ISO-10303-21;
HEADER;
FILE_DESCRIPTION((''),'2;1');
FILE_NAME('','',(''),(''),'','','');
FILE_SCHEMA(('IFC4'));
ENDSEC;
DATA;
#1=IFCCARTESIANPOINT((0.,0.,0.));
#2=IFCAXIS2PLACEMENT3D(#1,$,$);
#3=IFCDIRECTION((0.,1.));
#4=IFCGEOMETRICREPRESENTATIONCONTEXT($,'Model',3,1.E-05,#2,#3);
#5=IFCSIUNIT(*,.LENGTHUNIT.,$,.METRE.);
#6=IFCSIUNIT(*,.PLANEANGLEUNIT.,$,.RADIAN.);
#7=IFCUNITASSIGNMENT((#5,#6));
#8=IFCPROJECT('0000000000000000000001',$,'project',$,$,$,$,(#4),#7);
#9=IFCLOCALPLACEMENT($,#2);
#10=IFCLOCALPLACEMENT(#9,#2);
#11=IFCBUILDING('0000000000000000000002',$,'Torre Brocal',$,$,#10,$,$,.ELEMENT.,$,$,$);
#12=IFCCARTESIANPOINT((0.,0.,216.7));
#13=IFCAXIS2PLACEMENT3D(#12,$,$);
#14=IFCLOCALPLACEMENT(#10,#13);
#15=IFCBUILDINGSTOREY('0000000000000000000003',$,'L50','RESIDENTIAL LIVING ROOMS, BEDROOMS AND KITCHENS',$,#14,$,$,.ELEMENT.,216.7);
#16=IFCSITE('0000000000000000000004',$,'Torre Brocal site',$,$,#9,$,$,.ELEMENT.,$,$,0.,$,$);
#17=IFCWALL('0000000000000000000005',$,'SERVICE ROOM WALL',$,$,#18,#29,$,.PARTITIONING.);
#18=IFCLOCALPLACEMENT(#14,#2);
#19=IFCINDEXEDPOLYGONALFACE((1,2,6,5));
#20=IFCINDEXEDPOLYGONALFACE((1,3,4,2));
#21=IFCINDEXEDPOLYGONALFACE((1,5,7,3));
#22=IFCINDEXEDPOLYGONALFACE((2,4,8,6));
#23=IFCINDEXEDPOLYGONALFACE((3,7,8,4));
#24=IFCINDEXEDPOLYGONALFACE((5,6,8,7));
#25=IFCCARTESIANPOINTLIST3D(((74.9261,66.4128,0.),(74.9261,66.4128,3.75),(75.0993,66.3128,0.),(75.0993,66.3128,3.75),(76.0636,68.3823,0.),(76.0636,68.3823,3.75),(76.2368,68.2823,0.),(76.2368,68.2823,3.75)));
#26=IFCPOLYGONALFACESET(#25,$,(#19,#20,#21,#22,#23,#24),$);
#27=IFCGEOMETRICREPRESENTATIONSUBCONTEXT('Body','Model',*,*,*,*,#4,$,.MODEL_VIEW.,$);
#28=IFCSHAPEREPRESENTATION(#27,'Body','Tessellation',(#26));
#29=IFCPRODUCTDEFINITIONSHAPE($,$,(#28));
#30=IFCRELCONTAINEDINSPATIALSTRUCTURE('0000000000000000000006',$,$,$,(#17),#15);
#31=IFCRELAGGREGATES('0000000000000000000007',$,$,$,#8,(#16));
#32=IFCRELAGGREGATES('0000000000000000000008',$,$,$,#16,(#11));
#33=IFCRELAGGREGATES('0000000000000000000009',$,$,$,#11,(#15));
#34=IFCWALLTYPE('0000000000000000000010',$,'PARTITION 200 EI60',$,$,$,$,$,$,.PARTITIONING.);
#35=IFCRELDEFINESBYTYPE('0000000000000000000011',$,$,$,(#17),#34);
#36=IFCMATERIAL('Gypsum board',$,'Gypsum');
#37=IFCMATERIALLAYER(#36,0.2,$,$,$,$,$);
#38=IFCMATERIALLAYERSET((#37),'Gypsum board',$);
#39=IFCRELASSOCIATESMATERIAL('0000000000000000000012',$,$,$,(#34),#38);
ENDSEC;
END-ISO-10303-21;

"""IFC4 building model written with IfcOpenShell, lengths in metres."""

from ifc_helpers import new_model, si_unit, direction, frame, frame_2d, origin, place, context, subcontext, project, spatial, rectangle, extrude, material, layer, layer_set, type_object, element, save


model = new_model("IFC4")

# Units and contexts
model_context = context("Model", 3, precision=1e-05, world=origin(), true_north=direction((0.0, 1.0)))
body_context = subcontext(model_context, "Body", "Model", "MODEL_VIEW")
ifc_project = project(units=[si_unit("LENGTHUNIT", "METRE"), si_unit("PLANEANGLEUNIT", "RADIAN")], contexts=[model_context])

# Site, building, storey
site_placement = place(None, origin())
site = spatial("IfcSite", under=ifc_project, at=site_placement, Name="Torre Brocal site", CompositionType="ELEMENT", RefElevation=0.0)
building_placement = place(site_placement, origin())
building = spatial("IfcBuilding", under=site, at=building_placement, Name="Torre Brocal", CompositionType="ELEMENT")
storey_placement = place(building_placement, frame((0.0, 0.0, 216.7)))
storey = spatial("IfcBuildingStorey", under=building, at=storey_placement, Name="L50", Description="RESIDENTIAL LIVING ROOMS, BEDROOMS AND KITCHENS", CompositionType="ELEMENT", Elevation=216.7)

# Shared definitions
ifc_material_1 = material(Name="Gypsum board", Category="Gypsum")
ifc_layer_1 = layer(ifc_material_1, 0.2)
ifc_layer_set_1 = layer_set([ifc_layer_1], Name="Gypsum board")
wall_type_1 = type_object("IfcWallType", Name="PARTITION 200 EI60", PredefinedType="PARTITIONING", material=ifc_layer_set_1)

# Wall
wall_1_placement = place(storey_placement, frame((75.0127, 66.3628, 0.0), z_axis=(0.0, 0.0, 1.0), x_axis=(0.500122, 0.865955, 0.0)))
element("IfcWall", 1, at=wall_1_placement, inside=storey, type_object=wall_type_1, Name="SERVICE ROOM WALL", PredefinedType="PARTITIONING", context=body_context, shape_type="SweptSolid", body=[
    extrude(rectangle(XDim=2.2744, YDim=0.2, at=frame_2d((1.1372, 0.0))), origin(), (0.0, 0.0, 1.0), 3.75),
])

save(model, "model.ifc")
